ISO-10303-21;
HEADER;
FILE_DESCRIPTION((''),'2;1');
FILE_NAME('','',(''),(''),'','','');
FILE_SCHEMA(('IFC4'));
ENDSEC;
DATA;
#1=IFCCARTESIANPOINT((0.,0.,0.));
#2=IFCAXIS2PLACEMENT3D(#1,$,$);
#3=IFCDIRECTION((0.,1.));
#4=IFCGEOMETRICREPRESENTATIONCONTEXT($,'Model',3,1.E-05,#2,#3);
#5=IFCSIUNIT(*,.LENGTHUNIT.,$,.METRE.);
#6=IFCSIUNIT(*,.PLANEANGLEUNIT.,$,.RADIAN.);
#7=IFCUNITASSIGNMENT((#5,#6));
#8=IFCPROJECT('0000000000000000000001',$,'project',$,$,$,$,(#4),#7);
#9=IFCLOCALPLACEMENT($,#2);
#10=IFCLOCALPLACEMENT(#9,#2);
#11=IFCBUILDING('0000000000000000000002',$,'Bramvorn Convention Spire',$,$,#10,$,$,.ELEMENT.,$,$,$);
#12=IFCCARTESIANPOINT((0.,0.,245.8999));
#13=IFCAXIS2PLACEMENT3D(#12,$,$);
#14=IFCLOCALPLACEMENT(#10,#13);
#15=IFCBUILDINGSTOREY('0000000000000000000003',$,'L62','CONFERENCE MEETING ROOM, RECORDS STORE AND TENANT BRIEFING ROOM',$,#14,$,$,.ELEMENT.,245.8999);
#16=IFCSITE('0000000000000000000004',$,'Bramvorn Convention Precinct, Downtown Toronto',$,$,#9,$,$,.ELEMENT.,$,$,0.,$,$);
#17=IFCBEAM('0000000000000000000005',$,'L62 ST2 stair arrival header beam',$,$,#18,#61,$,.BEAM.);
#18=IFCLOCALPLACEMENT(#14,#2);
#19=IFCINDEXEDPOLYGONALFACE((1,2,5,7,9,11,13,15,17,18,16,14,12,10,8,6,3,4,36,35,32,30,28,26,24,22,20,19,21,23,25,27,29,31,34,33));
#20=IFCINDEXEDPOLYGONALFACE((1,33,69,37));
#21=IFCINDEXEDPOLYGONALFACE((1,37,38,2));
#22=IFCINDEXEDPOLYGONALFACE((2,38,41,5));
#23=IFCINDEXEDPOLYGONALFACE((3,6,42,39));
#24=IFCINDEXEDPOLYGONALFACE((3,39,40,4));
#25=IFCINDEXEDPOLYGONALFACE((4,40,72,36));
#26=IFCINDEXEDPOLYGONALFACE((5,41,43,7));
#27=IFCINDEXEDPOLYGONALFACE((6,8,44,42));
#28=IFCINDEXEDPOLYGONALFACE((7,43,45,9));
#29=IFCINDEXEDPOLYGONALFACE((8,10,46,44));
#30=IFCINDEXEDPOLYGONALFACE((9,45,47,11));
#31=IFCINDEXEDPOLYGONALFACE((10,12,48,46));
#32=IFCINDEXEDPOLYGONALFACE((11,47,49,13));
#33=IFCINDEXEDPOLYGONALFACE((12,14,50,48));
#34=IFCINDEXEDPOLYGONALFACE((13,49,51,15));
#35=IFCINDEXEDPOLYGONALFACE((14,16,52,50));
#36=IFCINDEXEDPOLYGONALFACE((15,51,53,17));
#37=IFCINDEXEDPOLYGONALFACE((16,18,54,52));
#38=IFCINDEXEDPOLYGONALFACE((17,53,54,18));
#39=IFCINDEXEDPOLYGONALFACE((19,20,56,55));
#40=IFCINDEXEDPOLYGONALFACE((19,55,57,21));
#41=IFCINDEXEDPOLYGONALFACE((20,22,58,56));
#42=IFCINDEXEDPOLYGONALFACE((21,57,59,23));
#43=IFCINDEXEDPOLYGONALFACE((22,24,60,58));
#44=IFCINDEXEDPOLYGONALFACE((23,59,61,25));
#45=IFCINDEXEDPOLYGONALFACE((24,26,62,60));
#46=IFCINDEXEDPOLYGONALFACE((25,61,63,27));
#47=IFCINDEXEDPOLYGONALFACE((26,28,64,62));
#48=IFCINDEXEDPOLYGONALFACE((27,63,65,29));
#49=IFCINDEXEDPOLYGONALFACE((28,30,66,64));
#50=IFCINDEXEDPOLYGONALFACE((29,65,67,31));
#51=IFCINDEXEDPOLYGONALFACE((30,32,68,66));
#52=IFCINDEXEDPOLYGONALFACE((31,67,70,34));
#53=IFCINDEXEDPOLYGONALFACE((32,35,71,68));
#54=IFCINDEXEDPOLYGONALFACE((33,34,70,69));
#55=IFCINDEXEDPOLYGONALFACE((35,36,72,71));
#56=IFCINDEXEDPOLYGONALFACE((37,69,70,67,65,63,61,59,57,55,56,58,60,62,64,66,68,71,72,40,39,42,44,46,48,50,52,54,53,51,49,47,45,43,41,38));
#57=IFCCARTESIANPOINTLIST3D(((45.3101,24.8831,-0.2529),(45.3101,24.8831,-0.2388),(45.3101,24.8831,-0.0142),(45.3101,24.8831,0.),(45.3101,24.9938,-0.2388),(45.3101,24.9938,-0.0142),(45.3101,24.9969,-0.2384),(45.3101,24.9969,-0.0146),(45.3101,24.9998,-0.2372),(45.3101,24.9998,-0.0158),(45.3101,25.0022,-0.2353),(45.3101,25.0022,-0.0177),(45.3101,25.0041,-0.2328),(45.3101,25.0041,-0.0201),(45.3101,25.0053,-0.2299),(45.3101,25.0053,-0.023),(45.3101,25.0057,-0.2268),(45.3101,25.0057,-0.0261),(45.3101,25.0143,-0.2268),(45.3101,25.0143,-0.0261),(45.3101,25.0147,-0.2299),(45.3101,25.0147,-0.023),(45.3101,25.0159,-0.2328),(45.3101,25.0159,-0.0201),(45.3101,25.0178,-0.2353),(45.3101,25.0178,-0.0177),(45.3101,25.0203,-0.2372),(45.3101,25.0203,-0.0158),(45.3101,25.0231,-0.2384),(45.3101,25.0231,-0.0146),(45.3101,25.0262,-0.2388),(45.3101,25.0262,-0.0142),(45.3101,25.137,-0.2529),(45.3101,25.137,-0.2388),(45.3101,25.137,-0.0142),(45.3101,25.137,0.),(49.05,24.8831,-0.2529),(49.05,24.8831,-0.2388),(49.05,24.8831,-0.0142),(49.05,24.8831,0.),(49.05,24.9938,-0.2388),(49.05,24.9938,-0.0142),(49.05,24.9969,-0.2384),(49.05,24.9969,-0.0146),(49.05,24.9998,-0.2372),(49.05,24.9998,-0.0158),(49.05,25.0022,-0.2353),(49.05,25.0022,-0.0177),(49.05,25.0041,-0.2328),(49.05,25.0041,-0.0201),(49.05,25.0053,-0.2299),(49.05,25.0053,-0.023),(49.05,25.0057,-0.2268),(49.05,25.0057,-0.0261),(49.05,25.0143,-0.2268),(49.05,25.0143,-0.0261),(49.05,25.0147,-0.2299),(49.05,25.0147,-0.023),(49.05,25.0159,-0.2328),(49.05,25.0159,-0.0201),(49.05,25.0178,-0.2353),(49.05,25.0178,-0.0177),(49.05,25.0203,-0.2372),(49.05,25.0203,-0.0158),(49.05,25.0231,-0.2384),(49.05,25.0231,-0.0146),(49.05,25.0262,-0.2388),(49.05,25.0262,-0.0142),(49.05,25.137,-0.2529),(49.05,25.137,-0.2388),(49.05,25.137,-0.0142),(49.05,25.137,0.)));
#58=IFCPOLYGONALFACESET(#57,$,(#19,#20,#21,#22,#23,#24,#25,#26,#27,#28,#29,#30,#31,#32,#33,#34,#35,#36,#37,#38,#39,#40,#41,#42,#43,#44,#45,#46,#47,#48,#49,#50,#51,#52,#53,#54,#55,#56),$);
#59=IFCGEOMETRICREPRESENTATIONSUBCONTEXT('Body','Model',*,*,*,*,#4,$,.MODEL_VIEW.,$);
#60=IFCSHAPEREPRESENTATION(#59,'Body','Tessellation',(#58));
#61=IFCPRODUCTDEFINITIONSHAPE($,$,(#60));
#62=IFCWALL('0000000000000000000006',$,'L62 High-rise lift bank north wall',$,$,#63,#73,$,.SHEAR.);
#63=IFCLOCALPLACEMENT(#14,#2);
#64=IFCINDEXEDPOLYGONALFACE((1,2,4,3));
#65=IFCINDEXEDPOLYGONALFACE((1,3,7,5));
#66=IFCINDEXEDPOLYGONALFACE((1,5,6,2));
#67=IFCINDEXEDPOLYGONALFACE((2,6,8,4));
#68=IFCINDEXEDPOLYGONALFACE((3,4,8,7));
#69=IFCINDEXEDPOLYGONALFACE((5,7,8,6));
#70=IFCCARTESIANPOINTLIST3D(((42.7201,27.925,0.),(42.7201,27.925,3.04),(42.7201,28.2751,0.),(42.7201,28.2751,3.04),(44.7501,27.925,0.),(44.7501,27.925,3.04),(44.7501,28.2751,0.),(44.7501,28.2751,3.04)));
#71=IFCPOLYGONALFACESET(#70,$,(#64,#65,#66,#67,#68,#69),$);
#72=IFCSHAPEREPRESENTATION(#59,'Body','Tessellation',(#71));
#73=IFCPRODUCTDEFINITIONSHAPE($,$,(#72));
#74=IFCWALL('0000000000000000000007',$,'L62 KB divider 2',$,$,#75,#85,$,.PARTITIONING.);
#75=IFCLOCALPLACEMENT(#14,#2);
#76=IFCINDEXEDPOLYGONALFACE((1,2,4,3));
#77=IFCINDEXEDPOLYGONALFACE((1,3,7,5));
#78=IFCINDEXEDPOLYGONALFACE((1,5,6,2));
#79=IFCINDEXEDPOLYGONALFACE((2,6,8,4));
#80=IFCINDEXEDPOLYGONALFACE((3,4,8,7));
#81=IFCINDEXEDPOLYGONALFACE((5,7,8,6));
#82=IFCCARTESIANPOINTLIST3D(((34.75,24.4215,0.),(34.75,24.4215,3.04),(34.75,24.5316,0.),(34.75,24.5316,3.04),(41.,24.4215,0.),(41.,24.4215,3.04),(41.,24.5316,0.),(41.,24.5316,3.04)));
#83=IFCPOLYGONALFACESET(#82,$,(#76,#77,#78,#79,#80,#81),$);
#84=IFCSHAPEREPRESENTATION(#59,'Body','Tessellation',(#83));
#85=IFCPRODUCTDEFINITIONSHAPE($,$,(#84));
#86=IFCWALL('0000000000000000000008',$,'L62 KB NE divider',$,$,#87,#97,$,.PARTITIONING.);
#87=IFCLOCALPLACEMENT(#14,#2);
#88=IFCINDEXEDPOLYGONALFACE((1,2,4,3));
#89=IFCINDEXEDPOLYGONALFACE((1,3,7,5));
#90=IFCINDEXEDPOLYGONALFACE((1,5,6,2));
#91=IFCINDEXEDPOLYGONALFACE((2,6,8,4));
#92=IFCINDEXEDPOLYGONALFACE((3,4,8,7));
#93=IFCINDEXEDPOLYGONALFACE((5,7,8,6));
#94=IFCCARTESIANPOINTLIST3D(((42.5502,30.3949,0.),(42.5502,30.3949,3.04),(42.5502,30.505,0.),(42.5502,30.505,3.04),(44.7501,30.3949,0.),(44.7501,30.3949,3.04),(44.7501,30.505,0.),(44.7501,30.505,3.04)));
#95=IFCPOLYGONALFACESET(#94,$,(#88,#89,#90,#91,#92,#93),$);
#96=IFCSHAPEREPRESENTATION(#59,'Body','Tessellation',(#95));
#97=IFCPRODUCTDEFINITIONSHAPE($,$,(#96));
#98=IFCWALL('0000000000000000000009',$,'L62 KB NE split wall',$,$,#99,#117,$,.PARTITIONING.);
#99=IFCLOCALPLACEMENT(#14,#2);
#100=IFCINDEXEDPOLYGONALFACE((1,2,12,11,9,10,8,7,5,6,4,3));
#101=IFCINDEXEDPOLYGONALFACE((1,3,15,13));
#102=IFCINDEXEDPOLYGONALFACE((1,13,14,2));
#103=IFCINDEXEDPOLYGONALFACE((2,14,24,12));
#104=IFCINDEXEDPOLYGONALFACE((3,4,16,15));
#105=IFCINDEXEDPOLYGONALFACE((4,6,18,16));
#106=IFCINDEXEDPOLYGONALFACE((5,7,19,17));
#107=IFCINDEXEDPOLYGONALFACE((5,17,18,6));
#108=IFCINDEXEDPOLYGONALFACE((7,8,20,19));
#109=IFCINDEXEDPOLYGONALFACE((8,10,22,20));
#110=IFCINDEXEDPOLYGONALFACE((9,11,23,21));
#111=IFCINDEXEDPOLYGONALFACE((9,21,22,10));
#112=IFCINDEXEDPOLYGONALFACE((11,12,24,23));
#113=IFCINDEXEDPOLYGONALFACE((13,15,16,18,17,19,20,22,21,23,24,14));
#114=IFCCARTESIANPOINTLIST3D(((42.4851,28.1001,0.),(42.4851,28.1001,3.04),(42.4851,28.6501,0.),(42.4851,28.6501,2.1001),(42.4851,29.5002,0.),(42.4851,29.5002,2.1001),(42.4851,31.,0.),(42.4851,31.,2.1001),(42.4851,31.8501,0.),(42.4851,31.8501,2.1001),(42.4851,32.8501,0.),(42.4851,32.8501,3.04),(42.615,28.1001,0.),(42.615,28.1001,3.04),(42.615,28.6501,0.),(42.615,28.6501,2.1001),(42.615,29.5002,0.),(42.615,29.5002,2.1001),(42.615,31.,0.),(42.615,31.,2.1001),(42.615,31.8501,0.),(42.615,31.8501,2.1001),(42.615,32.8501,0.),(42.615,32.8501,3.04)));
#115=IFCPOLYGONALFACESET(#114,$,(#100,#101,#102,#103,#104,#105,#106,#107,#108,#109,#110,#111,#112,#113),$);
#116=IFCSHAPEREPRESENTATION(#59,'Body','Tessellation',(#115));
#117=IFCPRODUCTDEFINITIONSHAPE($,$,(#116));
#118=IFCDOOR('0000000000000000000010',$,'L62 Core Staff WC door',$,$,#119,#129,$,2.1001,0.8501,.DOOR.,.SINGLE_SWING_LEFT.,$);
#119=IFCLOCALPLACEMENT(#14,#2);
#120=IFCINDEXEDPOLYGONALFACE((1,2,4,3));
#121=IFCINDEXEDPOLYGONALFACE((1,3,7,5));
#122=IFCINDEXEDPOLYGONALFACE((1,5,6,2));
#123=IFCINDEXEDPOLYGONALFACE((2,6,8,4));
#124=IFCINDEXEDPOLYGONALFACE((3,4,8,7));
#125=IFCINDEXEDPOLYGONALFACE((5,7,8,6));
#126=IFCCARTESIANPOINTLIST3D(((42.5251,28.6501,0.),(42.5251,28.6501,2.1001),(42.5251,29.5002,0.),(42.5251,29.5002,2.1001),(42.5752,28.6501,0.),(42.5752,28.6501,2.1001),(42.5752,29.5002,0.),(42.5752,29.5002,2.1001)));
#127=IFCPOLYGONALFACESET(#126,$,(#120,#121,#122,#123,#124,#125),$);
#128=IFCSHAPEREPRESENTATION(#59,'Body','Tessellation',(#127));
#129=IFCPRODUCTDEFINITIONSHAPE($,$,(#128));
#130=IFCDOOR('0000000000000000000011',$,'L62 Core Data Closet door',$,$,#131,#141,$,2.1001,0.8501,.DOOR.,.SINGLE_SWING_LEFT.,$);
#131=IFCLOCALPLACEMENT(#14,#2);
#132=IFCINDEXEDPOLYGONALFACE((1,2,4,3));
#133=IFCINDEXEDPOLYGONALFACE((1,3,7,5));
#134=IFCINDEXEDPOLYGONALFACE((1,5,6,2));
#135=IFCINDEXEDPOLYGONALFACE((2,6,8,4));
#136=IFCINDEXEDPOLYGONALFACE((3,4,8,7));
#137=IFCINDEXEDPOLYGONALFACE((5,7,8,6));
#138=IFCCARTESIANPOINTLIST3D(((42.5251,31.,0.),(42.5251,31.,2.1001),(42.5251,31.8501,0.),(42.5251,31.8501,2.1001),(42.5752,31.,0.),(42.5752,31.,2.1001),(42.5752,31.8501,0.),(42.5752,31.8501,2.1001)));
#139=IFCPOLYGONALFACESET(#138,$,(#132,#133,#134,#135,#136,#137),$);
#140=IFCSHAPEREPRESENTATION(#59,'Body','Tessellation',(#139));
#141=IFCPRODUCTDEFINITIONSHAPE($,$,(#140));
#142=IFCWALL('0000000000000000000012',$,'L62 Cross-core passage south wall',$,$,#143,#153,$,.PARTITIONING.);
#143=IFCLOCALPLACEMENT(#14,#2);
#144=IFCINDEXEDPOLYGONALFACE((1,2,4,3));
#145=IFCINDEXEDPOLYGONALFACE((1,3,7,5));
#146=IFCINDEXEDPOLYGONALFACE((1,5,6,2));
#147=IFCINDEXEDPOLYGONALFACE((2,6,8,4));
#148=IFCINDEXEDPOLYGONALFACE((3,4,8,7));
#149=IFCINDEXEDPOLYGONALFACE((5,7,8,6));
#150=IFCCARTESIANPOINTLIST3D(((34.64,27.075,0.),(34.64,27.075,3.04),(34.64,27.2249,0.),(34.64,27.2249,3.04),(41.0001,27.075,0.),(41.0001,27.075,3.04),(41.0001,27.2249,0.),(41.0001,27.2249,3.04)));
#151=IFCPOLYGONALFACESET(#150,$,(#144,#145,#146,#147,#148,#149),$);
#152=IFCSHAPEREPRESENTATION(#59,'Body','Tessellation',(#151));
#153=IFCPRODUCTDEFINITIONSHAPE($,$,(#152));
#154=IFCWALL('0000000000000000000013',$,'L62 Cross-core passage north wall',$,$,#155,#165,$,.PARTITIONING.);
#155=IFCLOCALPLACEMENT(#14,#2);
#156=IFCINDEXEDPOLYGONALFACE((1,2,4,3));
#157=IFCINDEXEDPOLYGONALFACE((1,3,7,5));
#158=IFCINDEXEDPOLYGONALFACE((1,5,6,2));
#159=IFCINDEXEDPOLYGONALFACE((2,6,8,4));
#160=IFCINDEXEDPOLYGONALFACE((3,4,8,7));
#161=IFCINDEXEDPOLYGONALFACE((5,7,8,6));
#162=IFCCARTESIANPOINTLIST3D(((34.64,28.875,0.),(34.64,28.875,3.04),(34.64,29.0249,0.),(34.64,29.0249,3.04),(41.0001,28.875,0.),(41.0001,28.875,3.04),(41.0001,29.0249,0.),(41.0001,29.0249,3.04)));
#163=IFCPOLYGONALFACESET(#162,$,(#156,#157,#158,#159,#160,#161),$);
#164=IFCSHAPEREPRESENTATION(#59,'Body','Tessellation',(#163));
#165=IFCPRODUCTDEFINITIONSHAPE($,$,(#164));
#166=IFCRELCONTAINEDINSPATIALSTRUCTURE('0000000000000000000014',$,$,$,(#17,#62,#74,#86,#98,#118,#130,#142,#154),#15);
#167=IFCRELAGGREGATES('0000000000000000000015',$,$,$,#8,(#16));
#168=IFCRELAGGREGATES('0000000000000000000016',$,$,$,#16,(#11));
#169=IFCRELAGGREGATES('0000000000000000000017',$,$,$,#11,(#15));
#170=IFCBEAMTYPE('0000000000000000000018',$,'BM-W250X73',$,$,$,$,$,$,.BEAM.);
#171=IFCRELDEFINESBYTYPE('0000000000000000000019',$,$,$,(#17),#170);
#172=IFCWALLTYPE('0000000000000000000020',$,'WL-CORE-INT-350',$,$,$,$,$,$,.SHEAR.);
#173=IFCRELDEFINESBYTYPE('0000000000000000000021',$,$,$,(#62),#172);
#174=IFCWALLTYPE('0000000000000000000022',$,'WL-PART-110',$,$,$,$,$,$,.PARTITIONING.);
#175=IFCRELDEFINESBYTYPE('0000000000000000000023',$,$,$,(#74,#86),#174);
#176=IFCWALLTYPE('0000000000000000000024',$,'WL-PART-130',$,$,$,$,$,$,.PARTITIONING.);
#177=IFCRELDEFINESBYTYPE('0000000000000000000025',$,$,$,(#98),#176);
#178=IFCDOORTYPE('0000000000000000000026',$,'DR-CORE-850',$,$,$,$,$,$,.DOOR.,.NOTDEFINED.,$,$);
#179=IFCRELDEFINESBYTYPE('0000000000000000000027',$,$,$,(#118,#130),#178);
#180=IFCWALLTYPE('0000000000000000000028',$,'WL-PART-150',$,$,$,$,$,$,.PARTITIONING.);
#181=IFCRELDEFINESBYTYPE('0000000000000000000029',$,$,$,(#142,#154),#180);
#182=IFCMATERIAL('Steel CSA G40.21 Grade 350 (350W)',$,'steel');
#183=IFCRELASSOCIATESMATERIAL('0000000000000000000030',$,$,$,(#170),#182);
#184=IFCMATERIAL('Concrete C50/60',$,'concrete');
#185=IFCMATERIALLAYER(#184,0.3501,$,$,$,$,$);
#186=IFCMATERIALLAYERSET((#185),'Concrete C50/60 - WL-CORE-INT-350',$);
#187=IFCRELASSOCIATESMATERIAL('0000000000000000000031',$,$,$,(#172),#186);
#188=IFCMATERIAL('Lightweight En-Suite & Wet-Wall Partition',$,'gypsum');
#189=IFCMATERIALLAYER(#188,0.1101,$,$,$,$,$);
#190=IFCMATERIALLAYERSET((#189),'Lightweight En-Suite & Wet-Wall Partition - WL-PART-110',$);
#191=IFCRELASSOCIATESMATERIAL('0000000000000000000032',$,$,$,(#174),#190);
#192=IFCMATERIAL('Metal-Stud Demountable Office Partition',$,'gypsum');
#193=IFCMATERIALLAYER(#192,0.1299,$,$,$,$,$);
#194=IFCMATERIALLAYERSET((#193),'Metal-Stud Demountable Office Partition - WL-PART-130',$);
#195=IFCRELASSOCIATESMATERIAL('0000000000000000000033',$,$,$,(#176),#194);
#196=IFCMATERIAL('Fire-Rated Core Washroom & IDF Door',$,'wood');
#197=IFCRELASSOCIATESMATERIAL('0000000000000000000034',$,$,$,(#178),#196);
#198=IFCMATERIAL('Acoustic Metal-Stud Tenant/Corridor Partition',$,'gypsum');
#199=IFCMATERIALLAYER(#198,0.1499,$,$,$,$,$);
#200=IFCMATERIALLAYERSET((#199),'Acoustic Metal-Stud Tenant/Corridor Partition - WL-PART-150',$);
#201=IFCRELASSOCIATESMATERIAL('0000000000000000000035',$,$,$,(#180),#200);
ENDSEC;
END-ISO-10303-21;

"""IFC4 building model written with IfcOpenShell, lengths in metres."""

from ifc_helpers import new_model, si_unit, direction, frame, frame_2d, origin, origin_2d, place, context, subcontext, project, spatial, rectangle, i_section, extrude, material, layer, layer_set, material_profile, profile_set, type_object, element, fill, save


model = new_model("IFC4")

# Units and contexts
model_context = context("Model", 3, precision=1e-05, world=origin(), true_north=direction((0.0, 1.0)))
body_context = subcontext(model_context, "Body", "Model", "MODEL_VIEW")
ifc_project = project(units=[si_unit("LENGTHUNIT", "METRE"), si_unit("PLANEANGLEUNIT", "RADIAN")], contexts=[model_context])

# Site, building, storey
site_placement = place(None, origin())
site = spatial("IfcSite", under=ifc_project, at=site_placement, Name="Bramvorn Convention Precinct, Downtown Toronto", CompositionType="ELEMENT", RefElevation=0.0)
building_placement = place(site_placement, origin())
building = spatial("IfcBuilding", under=site, at=building_placement, Name="Bramvorn Convention Spire", CompositionType="ELEMENT")
storey_placement = place(building_placement, frame((0.0, 0.0, 245.8999)))
storey = spatial("IfcBuildingStorey", under=building, at=storey_placement, Name="L62", Description="CONFERENCE MEETING ROOM, RECORDS STORE AND TENANT BRIEFING ROOM", CompositionType="ELEMENT", Elevation=245.8999)

# Beam
ifc_material_1 = material(Name="Steel CSA G40.21 Grade 350 (350W)", Category="steel")
ifc_material_profile = material_profile(ifc_material_1, i_section(OverallWidth=0.2539, OverallDepth=0.2529, WebThickness=0.0085, FlangeThickness=0.0142, FilletRadius=0.012, at=origin_2d()))
ifc_profile_set = profile_set([ifc_material_profile], Name="Steel CSA G40.21 Grade 350 (350W) - W250X73")
beam_type = type_object("IfcBeamType", Name="BM-W250X73", PredefinedType="BEAM", material=ifc_profile_set)
beam_placement = place(storey_placement, frame((45.3101, 25.01, -0.1265), z_axis=(1.0, 0.0, 0.0), x_axis=(0.0, 1.0, 0.0)))
element("IfcBeam", 1, at=beam_placement, inside=storey, type_object=beam_type, Name="L62 ST2 stair arrival header beam", PredefinedType="BEAM", context=body_context, shape_type="SweptSolid", body=[
    extrude(i_section(OverallWidth=0.2539, OverallDepth=0.2529, WebThickness=0.0085, FlangeThickness=0.0142, FilletRadius=0.012, at=origin_2d()), origin(), (0.0, 0.0, 1.0), 3.74),
])

# Shared definitions
ifc_material_2 = material(Name="Concrete C50/60", Category="concrete")
ifc_layer_1 = layer(ifc_material_2, 0.3501)
ifc_layer_set_1 = layer_set([ifc_layer_1], Name="Concrete C50/60 - WL-CORE-INT-350")
wall_type_1 = type_object("IfcWallType", Name="WL-CORE-INT-350", PredefinedType="SHEAR", material=ifc_layer_set_1)

# Walls
wall_1_placement = place(storey_placement, frame((42.72, 28.1001, 0.0), z_axis=(0.0, 0.0, 1.0), x_axis=(1.0, 0.0, 0.0)))
element("IfcWall", 2, at=wall_1_placement, inside=storey, type_object=wall_type_1, Name="L62 High-rise lift bank north wall", PredefinedType="SHEAR", context=body_context, shape_type="SweptSolid", body=[
    extrude(rectangle(XDim=2.03, YDim=0.3501, at=frame_2d((1.0151, 0.0))), origin(), (0.0, 0.0, 1.0), 3.04),
])
ifc_material_3 = material(Name="Lightweight En-Suite & Wet-Wall Partition", Category="gypsum")
ifc_layer_2 = layer(ifc_material_3, 0.1101)
ifc_layer_set_2 = layer_set([ifc_layer_2], Name="Lightweight En-Suite & Wet-Wall Partition - WL-PART-110")
wall_type_2 = type_object("IfcWallType", Name="WL-PART-110", PredefinedType="PARTITIONING", material=ifc_layer_set_2)
wall_2_placement = place(storey_placement, frame((34.75, 24.4766, 0.0), z_axis=(0.0, 0.0, 1.0), x_axis=(1.0, 0.0, 0.0)))
element("IfcWall", 3, at=wall_2_placement, inside=storey, type_object=wall_type_2, Name="L62 KB divider 2", PredefinedType="PARTITIONING", context=body_context, shape_type="SweptSolid", body=[
    extrude(rectangle(XDim=6.25, YDim=0.1101, at=frame_2d((3.125, 0.0))), origin(), (0.0, 0.0, 1.0), 3.04),
])
wall_3_placement = place(storey_placement, frame((42.55, 30.45, 0.0), z_axis=(0.0, 0.0, 1.0), x_axis=(1.0, 0.0, 0.0)))
element("IfcWall", 4, at=wall_3_placement, inside=storey, type_object=wall_type_2, Name="L62 KB NE divider", PredefinedType="PARTITIONING", context=body_context, shape_type="SweptSolid", body=[
    extrude(rectangle(XDim=2.2, YDim=0.1101, at=frame_2d((1.1001, 0.0))), origin(), (0.0, 0.0, 1.0), 3.04),
])

# Wall, openings, doors
ifc_material_4 = material(Name="Metal-Stud Demountable Office Partition", Category="gypsum")
ifc_layer_3 = layer(ifc_material_4, 0.1299)
ifc_layer_set_3 = layer_set([ifc_layer_3], Name="Metal-Stud Demountable Office Partition - WL-PART-130")
wall_type_3 = type_object("IfcWallType", Name="WL-PART-130", PredefinedType="PARTITIONING", material=ifc_layer_set_3)
wall_4_placement = place(storey_placement, frame((42.55, 28.1001, 0.0), z_axis=(0.0, 0.0, 1.0), x_axis=(0.0, 1.0, 0.0)))
wall_4 = element("IfcWall", 5, at=wall_4_placement, inside=storey, type_object=wall_type_3, Name="L62 KB NE split wall", PredefinedType="PARTITIONING", context=body_context, shape_type="SweptSolid", body=[
    extrude(rectangle(XDim=4.75, YDim=0.1299, at=frame_2d((2.375, 0.0))), origin(), (0.0, 0.0, 1.0), 3.04),
])
opening_1_placement = place(wall_4_placement, frame((0.55, 0.0, 0.0)))
opening_1 = element("IfcOpeningElement", 6, at=opening_1_placement, cuts=wall_4, PredefinedType="OPENING", context=body_context, shape_type="SweptSolid", body=[
    extrude(rectangle(XDim=0.8501, YDim=2.1001, at=frame_2d((0.425, 1.05))), frame((0.0, 0.075, 0.0), z_axis=(0.0, -1.0, 0.0), x_axis=(1.0, 0.0, 0.0)), (0.0, 0.0, 1.0), 0.1499),
])
opening_2_placement = place(wall_4_placement, frame((2.8999, 0.0, 0.0)))
opening_2 = element("IfcOpeningElement", 7, at=opening_2_placement, cuts=wall_4, PredefinedType="OPENING", context=body_context, shape_type="SweptSolid", body=[
    extrude(rectangle(XDim=0.8501, YDim=2.1001, at=frame_2d((0.425, 1.05))), frame((0.0, 0.075, 0.0), z_axis=(0.0, -1.0, 0.0), x_axis=(1.0, 0.0, 0.0)), (0.0, 0.0, 1.0), 0.1499),
])
ifc_material_5 = material(Name="Fire-Rated Core Washroom & IDF Door", Category="wood")
door_type_1 = type_object("IfcDoorType", Name="DR-CORE-850", OperationType="NOTDEFINED", PredefinedType="DOOR", material=ifc_material_5)
door_1_placement = place(opening_1_placement, origin())
door_1 = element("IfcDoor", 8, at=door_1_placement, inside=storey, type_object=door_type_1, Name="L62 Core Staff WC door", OperationType="SINGLE_SWING_LEFT", OverallHeight=2.1001, OverallWidth=0.8501, PredefinedType="DOOR", context=body_context, shape_type="SweptSolid", body=[
    extrude(rectangle(XDim=0.8501, YDim=2.1001, at=frame_2d((0.425, 1.05))), frame((0.0, 0.0249, 0.0), z_axis=(0.0, -1.0, 0.0), x_axis=(1.0, 0.0, 0.0)), (0.0, 0.0, 1.0), 0.05),
])
fill(opening_1, door_1)
door_2_placement = place(opening_2_placement, origin())
door_2 = element("IfcDoor", 9, at=door_2_placement, inside=storey, type_object=door_type_1, Name="L62 Core Data Closet door", OperationType="SINGLE_SWING_LEFT", OverallHeight=2.1001, OverallWidth=0.8501, PredefinedType="DOOR", context=body_context, shape_type="SweptSolid", body=[
    extrude(rectangle(XDim=0.8501, YDim=2.1001, at=frame_2d((0.425, 1.05))), frame((0.0, 0.0249, 0.0), z_axis=(0.0, -1.0, 0.0), x_axis=(1.0, 0.0, 0.0)), (0.0, 0.0, 1.0), 0.05),
])
fill(opening_2, door_2)

# Walls
ifc_material_6 = material(Name="Acoustic Metal-Stud Tenant/Corridor Partition", Category="gypsum")
ifc_layer_4 = layer(ifc_material_6, 0.1499)
ifc_layer_set_4 = layer_set([ifc_layer_4], Name="Acoustic Metal-Stud Tenant/Corridor Partition - WL-PART-150")
wall_type_4 = type_object("IfcWallType", Name="WL-PART-150", PredefinedType="PARTITIONING", material=ifc_layer_set_4)
for number, where, z_axis, x_axis, name in (
    (10, (34.6399, 27.1499, 0.0), (0.0, 0.0, 1.0), (1.0, 0.0, 0.0), "L62 Cross-core passage south wall"),
    (11, (34.6399, 28.95, 0.0), (0.0, 0.0, 1.0), (1.0, 0.0, 0.0), "L62 Cross-core passage north wall"),
):
    element("IfcWall", number, at=place(storey_placement, frame(where, z_axis=z_axis, x_axis=x_axis)), inside=storey, type_object=wall_type_4, Name=name, PredefinedType="PARTITIONING", context=body_context, shape_type="SweptSolid", body=[
        extrude(rectangle(XDim=6.3601, YDim=0.1499, at=frame_2d((3.1802, 0.0))), origin(), (0.0, 0.0, 1.0), 3.04),
    ])

save(model, "model.ifc")
